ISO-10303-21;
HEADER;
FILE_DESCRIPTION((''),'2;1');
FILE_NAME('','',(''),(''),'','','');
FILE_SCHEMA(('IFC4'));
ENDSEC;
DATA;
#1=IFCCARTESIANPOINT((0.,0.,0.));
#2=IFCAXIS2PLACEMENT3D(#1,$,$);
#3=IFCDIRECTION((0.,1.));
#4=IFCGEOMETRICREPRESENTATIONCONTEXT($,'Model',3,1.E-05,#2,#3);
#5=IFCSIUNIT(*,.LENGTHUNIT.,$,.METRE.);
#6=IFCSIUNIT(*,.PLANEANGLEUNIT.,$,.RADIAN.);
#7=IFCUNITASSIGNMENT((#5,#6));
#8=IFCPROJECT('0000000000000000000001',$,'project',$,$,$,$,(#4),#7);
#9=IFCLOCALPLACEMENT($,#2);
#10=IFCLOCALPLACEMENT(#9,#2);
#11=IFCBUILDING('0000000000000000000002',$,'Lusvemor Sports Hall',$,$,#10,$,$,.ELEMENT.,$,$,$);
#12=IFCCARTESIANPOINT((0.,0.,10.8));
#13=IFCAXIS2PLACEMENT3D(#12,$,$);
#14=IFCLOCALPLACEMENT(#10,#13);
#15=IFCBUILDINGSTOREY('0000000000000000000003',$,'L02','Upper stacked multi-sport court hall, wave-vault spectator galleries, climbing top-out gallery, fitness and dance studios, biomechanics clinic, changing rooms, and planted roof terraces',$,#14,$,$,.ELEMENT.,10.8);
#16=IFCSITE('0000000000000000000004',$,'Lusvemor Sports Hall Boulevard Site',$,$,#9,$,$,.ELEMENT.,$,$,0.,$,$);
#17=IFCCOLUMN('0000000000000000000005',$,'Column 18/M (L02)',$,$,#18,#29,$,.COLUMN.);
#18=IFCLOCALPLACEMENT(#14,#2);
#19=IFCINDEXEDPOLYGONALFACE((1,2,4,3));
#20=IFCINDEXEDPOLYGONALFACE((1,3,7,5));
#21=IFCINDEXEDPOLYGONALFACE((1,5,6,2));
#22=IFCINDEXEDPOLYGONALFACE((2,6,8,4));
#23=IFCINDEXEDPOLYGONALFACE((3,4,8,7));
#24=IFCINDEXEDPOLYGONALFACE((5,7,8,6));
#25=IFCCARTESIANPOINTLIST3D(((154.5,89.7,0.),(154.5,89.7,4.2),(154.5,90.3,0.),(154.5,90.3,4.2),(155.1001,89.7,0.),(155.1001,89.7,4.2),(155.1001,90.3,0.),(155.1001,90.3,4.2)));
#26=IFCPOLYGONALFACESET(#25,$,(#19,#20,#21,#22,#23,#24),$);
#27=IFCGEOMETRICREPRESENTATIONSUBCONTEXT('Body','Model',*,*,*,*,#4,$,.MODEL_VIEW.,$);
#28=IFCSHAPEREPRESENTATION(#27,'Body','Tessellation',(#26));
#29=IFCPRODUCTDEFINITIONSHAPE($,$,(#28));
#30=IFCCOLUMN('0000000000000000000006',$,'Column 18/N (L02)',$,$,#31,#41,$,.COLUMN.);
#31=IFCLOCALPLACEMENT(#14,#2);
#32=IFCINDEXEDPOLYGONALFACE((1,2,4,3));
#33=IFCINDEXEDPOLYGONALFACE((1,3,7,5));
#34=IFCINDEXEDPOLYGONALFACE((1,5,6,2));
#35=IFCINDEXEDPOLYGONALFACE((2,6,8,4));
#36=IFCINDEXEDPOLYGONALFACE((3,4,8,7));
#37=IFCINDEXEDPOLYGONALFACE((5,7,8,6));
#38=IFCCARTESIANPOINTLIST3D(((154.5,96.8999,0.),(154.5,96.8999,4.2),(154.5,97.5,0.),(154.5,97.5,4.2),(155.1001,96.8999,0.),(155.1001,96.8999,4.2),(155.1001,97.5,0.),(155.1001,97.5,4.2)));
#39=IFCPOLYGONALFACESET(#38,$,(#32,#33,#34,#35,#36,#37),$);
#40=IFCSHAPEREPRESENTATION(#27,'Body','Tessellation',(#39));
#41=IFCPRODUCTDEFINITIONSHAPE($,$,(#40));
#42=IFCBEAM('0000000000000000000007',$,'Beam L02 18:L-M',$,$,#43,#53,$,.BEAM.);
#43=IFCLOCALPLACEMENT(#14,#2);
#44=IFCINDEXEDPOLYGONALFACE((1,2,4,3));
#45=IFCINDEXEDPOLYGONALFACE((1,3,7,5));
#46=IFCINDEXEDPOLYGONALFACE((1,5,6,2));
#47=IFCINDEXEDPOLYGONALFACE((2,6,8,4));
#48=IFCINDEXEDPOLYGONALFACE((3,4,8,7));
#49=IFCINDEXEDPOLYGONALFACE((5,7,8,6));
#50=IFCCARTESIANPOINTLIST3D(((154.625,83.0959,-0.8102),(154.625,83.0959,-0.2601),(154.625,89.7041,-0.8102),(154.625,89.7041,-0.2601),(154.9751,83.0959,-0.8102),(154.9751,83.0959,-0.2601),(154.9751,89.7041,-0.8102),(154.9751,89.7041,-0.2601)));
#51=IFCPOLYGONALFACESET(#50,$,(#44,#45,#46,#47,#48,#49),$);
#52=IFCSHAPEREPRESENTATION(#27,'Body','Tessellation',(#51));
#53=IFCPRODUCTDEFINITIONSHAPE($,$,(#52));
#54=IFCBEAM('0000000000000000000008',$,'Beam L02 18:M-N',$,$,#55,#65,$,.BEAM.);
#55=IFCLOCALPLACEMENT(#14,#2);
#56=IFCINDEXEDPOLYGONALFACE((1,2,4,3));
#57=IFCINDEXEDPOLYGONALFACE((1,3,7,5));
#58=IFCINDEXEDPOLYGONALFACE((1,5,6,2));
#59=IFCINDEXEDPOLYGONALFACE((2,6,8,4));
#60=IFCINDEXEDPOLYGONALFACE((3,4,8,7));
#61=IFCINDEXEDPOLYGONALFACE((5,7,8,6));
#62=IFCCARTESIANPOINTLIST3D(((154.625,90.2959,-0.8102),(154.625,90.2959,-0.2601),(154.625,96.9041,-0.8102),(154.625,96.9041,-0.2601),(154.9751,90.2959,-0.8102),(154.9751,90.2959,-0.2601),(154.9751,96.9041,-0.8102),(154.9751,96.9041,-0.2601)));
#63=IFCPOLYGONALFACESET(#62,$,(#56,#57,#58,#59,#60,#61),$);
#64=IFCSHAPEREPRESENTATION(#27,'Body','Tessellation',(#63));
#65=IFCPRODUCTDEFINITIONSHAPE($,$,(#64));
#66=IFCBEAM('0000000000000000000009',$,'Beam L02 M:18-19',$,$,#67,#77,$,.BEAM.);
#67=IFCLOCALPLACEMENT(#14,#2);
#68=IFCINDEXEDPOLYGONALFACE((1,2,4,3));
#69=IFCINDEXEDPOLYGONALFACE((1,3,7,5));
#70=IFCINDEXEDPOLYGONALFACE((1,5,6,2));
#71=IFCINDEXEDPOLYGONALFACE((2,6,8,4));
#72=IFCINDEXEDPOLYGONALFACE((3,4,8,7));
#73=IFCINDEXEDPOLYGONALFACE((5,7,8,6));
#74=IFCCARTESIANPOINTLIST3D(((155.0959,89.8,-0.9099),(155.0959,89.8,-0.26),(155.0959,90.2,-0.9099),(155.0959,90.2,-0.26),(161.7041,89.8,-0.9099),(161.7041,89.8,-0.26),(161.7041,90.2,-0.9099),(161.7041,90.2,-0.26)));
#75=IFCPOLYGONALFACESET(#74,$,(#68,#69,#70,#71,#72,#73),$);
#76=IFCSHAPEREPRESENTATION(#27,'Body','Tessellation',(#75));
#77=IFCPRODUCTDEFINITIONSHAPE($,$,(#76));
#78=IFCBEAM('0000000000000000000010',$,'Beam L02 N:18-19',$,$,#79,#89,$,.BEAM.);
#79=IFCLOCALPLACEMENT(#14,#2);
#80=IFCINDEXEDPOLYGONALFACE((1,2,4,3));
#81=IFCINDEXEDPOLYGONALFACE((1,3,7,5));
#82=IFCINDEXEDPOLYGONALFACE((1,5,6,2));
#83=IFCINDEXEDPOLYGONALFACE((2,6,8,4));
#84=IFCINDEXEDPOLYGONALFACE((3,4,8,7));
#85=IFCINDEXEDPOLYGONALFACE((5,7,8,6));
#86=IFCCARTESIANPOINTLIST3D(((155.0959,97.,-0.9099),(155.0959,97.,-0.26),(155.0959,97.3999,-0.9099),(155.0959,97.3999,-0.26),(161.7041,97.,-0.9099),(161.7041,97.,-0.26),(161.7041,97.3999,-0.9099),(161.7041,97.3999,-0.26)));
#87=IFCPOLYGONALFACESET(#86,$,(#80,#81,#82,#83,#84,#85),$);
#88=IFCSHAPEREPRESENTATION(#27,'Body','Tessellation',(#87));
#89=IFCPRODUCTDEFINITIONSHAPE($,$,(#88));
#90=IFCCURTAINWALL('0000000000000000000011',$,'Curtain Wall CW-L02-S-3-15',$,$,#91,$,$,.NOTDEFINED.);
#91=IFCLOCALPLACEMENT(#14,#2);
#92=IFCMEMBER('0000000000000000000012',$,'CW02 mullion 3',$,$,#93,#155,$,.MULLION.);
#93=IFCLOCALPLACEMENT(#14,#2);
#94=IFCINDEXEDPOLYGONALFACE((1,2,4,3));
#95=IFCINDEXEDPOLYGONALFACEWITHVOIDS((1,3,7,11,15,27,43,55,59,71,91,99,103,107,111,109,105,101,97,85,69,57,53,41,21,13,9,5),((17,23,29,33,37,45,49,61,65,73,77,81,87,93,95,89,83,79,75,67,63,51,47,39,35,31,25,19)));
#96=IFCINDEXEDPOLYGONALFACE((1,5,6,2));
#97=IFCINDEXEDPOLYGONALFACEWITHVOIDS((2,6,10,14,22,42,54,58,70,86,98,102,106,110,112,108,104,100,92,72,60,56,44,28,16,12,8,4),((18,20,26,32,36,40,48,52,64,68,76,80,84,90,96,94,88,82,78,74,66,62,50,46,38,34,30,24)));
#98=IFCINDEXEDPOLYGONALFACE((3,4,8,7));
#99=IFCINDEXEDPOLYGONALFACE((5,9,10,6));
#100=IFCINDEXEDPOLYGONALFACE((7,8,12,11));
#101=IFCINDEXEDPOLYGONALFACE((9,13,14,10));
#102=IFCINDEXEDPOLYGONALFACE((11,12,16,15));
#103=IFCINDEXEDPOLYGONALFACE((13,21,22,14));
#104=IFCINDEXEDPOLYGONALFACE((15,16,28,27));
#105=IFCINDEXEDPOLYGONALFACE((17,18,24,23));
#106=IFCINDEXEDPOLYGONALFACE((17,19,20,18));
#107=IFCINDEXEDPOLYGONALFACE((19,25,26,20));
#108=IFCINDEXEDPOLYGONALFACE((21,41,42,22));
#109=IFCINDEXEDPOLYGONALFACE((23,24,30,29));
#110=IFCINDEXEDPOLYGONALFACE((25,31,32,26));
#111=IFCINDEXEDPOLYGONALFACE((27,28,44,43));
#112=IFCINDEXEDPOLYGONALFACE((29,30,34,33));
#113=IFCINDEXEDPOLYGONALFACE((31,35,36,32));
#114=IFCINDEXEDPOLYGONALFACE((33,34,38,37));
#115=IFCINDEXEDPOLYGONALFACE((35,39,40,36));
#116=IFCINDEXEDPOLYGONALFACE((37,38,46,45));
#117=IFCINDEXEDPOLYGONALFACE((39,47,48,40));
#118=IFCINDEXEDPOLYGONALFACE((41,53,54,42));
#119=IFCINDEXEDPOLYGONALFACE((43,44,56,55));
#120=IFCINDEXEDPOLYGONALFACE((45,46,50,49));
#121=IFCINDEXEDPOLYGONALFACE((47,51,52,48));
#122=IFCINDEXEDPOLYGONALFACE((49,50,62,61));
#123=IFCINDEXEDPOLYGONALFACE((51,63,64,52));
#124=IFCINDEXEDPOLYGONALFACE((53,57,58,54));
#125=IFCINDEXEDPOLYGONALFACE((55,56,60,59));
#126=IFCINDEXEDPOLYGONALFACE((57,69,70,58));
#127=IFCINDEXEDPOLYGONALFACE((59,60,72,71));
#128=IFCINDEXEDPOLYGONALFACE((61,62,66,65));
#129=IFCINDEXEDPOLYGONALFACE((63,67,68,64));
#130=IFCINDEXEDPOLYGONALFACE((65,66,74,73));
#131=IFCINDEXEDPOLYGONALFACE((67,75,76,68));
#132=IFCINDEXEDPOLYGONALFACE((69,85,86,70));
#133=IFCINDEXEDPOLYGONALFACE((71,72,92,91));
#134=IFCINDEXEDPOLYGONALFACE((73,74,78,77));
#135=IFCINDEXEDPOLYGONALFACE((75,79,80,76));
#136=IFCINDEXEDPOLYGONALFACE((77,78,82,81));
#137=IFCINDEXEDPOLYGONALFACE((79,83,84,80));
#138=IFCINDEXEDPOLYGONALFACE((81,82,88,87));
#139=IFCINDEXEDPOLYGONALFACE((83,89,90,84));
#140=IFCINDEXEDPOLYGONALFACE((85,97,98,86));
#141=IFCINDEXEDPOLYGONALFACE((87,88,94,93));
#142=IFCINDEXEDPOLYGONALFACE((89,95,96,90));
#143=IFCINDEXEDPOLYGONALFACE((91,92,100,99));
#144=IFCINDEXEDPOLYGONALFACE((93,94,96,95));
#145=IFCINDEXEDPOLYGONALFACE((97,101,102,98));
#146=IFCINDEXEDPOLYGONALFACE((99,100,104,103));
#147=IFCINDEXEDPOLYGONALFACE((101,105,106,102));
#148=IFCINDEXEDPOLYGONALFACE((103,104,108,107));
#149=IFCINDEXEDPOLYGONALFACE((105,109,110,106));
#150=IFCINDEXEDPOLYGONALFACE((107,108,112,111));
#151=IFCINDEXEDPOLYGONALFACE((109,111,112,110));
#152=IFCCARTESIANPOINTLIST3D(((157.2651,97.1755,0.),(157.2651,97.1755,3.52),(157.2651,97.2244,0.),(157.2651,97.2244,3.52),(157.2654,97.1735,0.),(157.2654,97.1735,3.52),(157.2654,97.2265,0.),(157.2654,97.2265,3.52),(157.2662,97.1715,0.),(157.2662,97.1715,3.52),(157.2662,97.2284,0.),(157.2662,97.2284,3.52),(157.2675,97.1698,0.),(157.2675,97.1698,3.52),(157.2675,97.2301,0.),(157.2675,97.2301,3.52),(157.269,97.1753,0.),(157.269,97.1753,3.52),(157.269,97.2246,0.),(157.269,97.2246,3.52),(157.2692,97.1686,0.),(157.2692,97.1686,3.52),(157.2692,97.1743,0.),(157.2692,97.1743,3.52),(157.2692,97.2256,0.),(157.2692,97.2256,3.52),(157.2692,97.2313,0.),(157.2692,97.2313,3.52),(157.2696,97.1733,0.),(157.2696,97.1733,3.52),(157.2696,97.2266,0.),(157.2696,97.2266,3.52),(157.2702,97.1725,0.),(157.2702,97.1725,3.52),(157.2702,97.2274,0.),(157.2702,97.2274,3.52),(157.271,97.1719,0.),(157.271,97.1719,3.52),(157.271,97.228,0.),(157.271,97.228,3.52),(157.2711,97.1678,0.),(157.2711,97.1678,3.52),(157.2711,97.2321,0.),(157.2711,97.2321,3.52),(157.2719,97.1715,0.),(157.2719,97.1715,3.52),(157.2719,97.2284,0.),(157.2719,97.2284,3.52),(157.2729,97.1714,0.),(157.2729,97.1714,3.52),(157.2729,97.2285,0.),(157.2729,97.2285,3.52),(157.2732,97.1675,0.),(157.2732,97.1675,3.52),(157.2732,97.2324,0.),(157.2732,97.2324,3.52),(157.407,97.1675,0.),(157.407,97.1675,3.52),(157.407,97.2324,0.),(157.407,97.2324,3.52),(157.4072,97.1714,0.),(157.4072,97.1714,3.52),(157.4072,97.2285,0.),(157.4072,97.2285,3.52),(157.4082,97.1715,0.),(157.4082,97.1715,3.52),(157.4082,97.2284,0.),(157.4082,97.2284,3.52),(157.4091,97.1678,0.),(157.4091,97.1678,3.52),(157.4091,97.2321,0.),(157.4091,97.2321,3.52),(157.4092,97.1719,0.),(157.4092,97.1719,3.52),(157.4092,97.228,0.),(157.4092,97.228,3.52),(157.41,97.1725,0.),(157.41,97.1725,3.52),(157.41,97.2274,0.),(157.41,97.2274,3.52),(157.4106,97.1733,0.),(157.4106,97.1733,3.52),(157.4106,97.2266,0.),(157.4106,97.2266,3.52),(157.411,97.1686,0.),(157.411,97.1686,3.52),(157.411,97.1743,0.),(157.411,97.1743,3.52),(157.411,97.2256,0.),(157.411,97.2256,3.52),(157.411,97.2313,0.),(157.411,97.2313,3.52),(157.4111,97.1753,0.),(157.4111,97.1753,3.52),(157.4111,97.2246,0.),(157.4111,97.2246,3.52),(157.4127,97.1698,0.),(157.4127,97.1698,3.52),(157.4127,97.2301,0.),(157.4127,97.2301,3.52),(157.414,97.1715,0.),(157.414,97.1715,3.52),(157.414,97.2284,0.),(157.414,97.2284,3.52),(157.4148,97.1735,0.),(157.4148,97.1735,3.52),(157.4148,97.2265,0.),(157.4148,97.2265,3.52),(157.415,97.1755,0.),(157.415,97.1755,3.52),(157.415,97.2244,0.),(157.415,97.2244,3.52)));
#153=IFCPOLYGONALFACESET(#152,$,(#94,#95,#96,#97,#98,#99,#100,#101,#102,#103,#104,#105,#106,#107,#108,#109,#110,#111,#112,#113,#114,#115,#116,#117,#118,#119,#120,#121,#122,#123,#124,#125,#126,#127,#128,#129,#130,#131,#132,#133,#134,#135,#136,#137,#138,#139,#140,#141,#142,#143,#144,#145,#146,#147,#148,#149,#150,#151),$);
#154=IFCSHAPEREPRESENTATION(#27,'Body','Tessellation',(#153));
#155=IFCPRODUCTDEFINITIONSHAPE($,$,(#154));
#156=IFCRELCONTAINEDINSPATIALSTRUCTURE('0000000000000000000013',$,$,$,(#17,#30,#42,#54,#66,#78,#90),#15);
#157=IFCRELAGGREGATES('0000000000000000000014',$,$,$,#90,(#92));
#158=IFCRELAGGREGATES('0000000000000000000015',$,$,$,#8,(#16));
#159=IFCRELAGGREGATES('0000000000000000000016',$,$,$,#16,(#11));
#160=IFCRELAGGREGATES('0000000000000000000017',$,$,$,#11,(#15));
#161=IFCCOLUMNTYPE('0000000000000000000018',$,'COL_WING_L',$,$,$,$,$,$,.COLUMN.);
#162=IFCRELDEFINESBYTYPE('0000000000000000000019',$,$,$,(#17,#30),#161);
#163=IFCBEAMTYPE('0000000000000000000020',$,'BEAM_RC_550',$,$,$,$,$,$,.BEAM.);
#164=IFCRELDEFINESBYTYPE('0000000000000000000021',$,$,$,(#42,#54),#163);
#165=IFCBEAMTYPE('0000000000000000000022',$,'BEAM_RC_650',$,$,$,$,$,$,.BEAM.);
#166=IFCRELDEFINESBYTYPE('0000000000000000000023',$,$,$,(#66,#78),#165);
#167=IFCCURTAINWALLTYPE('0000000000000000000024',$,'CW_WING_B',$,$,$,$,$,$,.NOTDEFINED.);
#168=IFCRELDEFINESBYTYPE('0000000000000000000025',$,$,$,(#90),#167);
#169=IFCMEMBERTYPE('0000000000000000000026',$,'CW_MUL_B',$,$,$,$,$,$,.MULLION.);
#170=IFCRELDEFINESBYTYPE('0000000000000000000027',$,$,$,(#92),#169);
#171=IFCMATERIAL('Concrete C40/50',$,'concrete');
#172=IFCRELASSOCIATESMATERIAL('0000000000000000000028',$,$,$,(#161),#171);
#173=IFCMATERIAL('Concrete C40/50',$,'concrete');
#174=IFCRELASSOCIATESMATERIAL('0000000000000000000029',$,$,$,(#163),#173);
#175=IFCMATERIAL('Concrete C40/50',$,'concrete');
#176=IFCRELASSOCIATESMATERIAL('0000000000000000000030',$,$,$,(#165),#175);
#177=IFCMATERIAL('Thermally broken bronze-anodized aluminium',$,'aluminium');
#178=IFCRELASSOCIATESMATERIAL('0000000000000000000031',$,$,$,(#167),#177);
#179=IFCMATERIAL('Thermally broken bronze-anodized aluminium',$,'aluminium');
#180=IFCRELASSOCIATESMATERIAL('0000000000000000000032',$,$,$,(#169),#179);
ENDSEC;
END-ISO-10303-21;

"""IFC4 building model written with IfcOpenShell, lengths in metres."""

from ifc_helpers import new_model, si_unit, direction, frame, origin, origin_2d, place, context, subcontext, project, spatial, rectangle, hollow_rectangle, extrude, material, material_profile, profile_set, type_object, element, aggregate, save


model = new_model("IFC4")

# Units and contexts
model_context = context("Model", 3, precision=1e-05, world=origin(), true_north=direction((0.0, 1.0)))
body_context = subcontext(model_context, "Body", "Model", "MODEL_VIEW")
ifc_project = project(units=[si_unit("LENGTHUNIT", "METRE"), si_unit("PLANEANGLEUNIT", "RADIAN")], contexts=[model_context])

# Site, building, storey
site_placement = place(None, origin())
site = spatial("IfcSite", under=ifc_project, at=site_placement, Name="Lusvemor Sports Hall Boulevard Site", CompositionType="ELEMENT", RefElevation=0.0)
building_placement = place(site_placement, origin())
building = spatial("IfcBuilding", under=site, at=building_placement, Name="Lusvemor Sports Hall", CompositionType="ELEMENT")
storey_placement = place(building_placement, frame((0.0, 0.0, 10.8)))
storey = spatial("IfcBuildingStorey", under=building, at=storey_placement, Name="L02", Description="Upper stacked multi-sport court hall, wave-vault spectator galleries, climbing top-out gallery, fitness and dance studios, biomechanics clinic, changing rooms, and planted roof terraces", CompositionType="ELEMENT", Elevation=10.8)

# Columns
ifc_material_1 = material(Name="Concrete C40/50", Category="concrete")
ifc_material_profile_1 = material_profile(ifc_material_1, rectangle(XDim=0.6001, YDim=0.6001, at=origin_2d()), Name="RC600x600")
ifc_profile_set_1 = profile_set([ifc_material_profile_1], Name="Concrete C40/50")
column_type = type_object("IfcColumnType", Name="COL_WING_L", PredefinedType="COLUMN", material=ifc_profile_set_1)
for number, where, z_axis, x_axis, name in (
    (1, (154.8, 90.0, 0.0), (0.0, 0.0, 1.0), (1.0, 0.0, 0.0), "Column 18/M (L02)"),
    (2, (154.8, 97.2, 0.0), (0.0, 0.0, 1.0), (1.0, 0.0, 0.0), "Column 18/N (L02)"),
):
    element("IfcColumn", number, at=place(storey_placement, frame(where, z_axis=z_axis, x_axis=x_axis)), inside=storey, type_object=column_type, Name=name, PredefinedType="COLUMN", context=body_context, shape_type="SweptSolid", body=[
        extrude(rectangle(XDim=0.6001, YDim=0.6001, at=origin_2d()), origin(), (0.0, 0.0, 1.0), 4.2),
    ])

# Beams
ifc_material_2 = material(Name="Concrete C40/50", Category="concrete")
ifc_material_profile_2 = material_profile(ifc_material_2, rectangle(XDim=0.3501, YDim=0.55, at=origin_2d()), Name="RC350x550")
ifc_profile_set_2 = profile_set([ifc_material_profile_2], Name="Concrete C40/50")
beam_type_1 = type_object("IfcBeamType", Name="BEAM_RC_550", PredefinedType="BEAM", material=ifc_profile_set_2)
for number, where, z_axis, x_axis, name in (
    (3, (154.8, 83.0959, -0.5352), (0.0, 1.0, 0.0), (-1.0, 0.0, 0.0), "Beam L02 18:L-M"),
    (4, (154.8, 90.2959, -0.5352), (0.0, 1.0, 0.0), (-1.0, 0.0, 0.0), "Beam L02 18:M-N"),
):
    element("IfcBeam", number, at=place(storey_placement, frame(where, z_axis=z_axis, x_axis=x_axis)), inside=storey, type_object=beam_type_1, Name=name, PredefinedType="BEAM", context=body_context, shape_type="SweptSolid", body=[
        extrude(rectangle(XDim=0.3501, YDim=0.55, at=origin_2d()), origin(), (0.0, 0.0, 1.0), 6.6082),
    ])
ifc_material_3 = material(Name="Concrete C40/50", Category="concrete")
ifc_material_profile_3 = material_profile(ifc_material_3, rectangle(XDim=0.3999, YDim=0.6499, at=origin_2d()), Name="RC400x650")
ifc_profile_set_3 = profile_set([ifc_material_profile_3], Name="Concrete C40/50")
beam_type_2 = type_object("IfcBeamType", Name="BEAM_RC_650", PredefinedType="BEAM", material=ifc_profile_set_3)
for number, where, z_axis, x_axis, name in (
    (5, (155.0959, 90.0, -0.585), (1.0, 0.0, 0.0), (0.0, 1.0, 0.0), "Beam L02 M:18-19"),
    (6, (155.0959, 97.2, -0.585), (1.0, 0.0, 0.0), (0.0, 1.0, 0.0), "Beam L02 N:18-19"),
):
    element("IfcBeam", number, at=place(storey_placement, frame(where, z_axis=z_axis, x_axis=x_axis)), inside=storey, type_object=beam_type_2, Name=name, PredefinedType="BEAM", context=body_context, shape_type="SweptSolid", body=[
        extrude(rectangle(XDim=0.3999, YDim=0.6499, at=origin_2d()), origin(), (0.0, 0.0, 1.0), 6.6082),
    ])

# Curtain wall, member
ifc_material_4 = material(Name="Thermally broken bronze-anodized aluminium", Category="aluminium")
curtain_wall_type = type_object("IfcCurtainWallType", Name="CW_WING_B", PredefinedType="NOTDEFINED", material=ifc_material_4)
curtain_wall_placement = place(storey_placement, origin())
curtain_wall = element("IfcCurtainWall", 7, at=curtain_wall_placement, inside=storey, type_object=curtain_wall_type, Name="Curtain Wall CW-L02-S-3-15", PredefinedType="NOTDEFINED")
ifc_material_5 = material(Name="Thermally broken bronze-anodized aluminium", Category="aluminium")
ifc_material_profile_4 = material_profile(ifc_material_5, hollow_rectangle(XDim=0.0649, YDim=0.1499, WallThickness=0.0039, InnerFilletRadius=0.0039, OuterFilletRadius=0.0081, at=origin_2d()), Name="CWMUL150x65x4")
ifc_profile_set_4 = profile_set([ifc_material_profile_4], Name="Thermally broken bronze-anodized aluminium")
member_type_1 = type_object("IfcMemberType", Name="CW_MUL_B", PredefinedType="MULLION", material=ifc_profile_set_4)
member_1_placement = place(storey_placement, frame((157.3401, 97.2, 0.0), z_axis=(0.0, 0.0, 1.0), x_axis=(0.0, -1.0, 0.0)))
member_1 = element("IfcMember", 8, at=member_1_placement, type_object=member_type_1, Name="CW02 mullion 3", PredefinedType="MULLION", context=body_context, shape_type="SweptSolid", body=[
    extrude(hollow_rectangle(XDim=0.0649, YDim=0.1499, WallThickness=0.0039, InnerFilletRadius=0.0039, OuterFilletRadius=0.0081, at=origin_2d()), origin(), (0.0, 0.0, 1.0), 3.52),
])

aggregate(curtain_wall, [member_1])

save(model, "model.ifc")
